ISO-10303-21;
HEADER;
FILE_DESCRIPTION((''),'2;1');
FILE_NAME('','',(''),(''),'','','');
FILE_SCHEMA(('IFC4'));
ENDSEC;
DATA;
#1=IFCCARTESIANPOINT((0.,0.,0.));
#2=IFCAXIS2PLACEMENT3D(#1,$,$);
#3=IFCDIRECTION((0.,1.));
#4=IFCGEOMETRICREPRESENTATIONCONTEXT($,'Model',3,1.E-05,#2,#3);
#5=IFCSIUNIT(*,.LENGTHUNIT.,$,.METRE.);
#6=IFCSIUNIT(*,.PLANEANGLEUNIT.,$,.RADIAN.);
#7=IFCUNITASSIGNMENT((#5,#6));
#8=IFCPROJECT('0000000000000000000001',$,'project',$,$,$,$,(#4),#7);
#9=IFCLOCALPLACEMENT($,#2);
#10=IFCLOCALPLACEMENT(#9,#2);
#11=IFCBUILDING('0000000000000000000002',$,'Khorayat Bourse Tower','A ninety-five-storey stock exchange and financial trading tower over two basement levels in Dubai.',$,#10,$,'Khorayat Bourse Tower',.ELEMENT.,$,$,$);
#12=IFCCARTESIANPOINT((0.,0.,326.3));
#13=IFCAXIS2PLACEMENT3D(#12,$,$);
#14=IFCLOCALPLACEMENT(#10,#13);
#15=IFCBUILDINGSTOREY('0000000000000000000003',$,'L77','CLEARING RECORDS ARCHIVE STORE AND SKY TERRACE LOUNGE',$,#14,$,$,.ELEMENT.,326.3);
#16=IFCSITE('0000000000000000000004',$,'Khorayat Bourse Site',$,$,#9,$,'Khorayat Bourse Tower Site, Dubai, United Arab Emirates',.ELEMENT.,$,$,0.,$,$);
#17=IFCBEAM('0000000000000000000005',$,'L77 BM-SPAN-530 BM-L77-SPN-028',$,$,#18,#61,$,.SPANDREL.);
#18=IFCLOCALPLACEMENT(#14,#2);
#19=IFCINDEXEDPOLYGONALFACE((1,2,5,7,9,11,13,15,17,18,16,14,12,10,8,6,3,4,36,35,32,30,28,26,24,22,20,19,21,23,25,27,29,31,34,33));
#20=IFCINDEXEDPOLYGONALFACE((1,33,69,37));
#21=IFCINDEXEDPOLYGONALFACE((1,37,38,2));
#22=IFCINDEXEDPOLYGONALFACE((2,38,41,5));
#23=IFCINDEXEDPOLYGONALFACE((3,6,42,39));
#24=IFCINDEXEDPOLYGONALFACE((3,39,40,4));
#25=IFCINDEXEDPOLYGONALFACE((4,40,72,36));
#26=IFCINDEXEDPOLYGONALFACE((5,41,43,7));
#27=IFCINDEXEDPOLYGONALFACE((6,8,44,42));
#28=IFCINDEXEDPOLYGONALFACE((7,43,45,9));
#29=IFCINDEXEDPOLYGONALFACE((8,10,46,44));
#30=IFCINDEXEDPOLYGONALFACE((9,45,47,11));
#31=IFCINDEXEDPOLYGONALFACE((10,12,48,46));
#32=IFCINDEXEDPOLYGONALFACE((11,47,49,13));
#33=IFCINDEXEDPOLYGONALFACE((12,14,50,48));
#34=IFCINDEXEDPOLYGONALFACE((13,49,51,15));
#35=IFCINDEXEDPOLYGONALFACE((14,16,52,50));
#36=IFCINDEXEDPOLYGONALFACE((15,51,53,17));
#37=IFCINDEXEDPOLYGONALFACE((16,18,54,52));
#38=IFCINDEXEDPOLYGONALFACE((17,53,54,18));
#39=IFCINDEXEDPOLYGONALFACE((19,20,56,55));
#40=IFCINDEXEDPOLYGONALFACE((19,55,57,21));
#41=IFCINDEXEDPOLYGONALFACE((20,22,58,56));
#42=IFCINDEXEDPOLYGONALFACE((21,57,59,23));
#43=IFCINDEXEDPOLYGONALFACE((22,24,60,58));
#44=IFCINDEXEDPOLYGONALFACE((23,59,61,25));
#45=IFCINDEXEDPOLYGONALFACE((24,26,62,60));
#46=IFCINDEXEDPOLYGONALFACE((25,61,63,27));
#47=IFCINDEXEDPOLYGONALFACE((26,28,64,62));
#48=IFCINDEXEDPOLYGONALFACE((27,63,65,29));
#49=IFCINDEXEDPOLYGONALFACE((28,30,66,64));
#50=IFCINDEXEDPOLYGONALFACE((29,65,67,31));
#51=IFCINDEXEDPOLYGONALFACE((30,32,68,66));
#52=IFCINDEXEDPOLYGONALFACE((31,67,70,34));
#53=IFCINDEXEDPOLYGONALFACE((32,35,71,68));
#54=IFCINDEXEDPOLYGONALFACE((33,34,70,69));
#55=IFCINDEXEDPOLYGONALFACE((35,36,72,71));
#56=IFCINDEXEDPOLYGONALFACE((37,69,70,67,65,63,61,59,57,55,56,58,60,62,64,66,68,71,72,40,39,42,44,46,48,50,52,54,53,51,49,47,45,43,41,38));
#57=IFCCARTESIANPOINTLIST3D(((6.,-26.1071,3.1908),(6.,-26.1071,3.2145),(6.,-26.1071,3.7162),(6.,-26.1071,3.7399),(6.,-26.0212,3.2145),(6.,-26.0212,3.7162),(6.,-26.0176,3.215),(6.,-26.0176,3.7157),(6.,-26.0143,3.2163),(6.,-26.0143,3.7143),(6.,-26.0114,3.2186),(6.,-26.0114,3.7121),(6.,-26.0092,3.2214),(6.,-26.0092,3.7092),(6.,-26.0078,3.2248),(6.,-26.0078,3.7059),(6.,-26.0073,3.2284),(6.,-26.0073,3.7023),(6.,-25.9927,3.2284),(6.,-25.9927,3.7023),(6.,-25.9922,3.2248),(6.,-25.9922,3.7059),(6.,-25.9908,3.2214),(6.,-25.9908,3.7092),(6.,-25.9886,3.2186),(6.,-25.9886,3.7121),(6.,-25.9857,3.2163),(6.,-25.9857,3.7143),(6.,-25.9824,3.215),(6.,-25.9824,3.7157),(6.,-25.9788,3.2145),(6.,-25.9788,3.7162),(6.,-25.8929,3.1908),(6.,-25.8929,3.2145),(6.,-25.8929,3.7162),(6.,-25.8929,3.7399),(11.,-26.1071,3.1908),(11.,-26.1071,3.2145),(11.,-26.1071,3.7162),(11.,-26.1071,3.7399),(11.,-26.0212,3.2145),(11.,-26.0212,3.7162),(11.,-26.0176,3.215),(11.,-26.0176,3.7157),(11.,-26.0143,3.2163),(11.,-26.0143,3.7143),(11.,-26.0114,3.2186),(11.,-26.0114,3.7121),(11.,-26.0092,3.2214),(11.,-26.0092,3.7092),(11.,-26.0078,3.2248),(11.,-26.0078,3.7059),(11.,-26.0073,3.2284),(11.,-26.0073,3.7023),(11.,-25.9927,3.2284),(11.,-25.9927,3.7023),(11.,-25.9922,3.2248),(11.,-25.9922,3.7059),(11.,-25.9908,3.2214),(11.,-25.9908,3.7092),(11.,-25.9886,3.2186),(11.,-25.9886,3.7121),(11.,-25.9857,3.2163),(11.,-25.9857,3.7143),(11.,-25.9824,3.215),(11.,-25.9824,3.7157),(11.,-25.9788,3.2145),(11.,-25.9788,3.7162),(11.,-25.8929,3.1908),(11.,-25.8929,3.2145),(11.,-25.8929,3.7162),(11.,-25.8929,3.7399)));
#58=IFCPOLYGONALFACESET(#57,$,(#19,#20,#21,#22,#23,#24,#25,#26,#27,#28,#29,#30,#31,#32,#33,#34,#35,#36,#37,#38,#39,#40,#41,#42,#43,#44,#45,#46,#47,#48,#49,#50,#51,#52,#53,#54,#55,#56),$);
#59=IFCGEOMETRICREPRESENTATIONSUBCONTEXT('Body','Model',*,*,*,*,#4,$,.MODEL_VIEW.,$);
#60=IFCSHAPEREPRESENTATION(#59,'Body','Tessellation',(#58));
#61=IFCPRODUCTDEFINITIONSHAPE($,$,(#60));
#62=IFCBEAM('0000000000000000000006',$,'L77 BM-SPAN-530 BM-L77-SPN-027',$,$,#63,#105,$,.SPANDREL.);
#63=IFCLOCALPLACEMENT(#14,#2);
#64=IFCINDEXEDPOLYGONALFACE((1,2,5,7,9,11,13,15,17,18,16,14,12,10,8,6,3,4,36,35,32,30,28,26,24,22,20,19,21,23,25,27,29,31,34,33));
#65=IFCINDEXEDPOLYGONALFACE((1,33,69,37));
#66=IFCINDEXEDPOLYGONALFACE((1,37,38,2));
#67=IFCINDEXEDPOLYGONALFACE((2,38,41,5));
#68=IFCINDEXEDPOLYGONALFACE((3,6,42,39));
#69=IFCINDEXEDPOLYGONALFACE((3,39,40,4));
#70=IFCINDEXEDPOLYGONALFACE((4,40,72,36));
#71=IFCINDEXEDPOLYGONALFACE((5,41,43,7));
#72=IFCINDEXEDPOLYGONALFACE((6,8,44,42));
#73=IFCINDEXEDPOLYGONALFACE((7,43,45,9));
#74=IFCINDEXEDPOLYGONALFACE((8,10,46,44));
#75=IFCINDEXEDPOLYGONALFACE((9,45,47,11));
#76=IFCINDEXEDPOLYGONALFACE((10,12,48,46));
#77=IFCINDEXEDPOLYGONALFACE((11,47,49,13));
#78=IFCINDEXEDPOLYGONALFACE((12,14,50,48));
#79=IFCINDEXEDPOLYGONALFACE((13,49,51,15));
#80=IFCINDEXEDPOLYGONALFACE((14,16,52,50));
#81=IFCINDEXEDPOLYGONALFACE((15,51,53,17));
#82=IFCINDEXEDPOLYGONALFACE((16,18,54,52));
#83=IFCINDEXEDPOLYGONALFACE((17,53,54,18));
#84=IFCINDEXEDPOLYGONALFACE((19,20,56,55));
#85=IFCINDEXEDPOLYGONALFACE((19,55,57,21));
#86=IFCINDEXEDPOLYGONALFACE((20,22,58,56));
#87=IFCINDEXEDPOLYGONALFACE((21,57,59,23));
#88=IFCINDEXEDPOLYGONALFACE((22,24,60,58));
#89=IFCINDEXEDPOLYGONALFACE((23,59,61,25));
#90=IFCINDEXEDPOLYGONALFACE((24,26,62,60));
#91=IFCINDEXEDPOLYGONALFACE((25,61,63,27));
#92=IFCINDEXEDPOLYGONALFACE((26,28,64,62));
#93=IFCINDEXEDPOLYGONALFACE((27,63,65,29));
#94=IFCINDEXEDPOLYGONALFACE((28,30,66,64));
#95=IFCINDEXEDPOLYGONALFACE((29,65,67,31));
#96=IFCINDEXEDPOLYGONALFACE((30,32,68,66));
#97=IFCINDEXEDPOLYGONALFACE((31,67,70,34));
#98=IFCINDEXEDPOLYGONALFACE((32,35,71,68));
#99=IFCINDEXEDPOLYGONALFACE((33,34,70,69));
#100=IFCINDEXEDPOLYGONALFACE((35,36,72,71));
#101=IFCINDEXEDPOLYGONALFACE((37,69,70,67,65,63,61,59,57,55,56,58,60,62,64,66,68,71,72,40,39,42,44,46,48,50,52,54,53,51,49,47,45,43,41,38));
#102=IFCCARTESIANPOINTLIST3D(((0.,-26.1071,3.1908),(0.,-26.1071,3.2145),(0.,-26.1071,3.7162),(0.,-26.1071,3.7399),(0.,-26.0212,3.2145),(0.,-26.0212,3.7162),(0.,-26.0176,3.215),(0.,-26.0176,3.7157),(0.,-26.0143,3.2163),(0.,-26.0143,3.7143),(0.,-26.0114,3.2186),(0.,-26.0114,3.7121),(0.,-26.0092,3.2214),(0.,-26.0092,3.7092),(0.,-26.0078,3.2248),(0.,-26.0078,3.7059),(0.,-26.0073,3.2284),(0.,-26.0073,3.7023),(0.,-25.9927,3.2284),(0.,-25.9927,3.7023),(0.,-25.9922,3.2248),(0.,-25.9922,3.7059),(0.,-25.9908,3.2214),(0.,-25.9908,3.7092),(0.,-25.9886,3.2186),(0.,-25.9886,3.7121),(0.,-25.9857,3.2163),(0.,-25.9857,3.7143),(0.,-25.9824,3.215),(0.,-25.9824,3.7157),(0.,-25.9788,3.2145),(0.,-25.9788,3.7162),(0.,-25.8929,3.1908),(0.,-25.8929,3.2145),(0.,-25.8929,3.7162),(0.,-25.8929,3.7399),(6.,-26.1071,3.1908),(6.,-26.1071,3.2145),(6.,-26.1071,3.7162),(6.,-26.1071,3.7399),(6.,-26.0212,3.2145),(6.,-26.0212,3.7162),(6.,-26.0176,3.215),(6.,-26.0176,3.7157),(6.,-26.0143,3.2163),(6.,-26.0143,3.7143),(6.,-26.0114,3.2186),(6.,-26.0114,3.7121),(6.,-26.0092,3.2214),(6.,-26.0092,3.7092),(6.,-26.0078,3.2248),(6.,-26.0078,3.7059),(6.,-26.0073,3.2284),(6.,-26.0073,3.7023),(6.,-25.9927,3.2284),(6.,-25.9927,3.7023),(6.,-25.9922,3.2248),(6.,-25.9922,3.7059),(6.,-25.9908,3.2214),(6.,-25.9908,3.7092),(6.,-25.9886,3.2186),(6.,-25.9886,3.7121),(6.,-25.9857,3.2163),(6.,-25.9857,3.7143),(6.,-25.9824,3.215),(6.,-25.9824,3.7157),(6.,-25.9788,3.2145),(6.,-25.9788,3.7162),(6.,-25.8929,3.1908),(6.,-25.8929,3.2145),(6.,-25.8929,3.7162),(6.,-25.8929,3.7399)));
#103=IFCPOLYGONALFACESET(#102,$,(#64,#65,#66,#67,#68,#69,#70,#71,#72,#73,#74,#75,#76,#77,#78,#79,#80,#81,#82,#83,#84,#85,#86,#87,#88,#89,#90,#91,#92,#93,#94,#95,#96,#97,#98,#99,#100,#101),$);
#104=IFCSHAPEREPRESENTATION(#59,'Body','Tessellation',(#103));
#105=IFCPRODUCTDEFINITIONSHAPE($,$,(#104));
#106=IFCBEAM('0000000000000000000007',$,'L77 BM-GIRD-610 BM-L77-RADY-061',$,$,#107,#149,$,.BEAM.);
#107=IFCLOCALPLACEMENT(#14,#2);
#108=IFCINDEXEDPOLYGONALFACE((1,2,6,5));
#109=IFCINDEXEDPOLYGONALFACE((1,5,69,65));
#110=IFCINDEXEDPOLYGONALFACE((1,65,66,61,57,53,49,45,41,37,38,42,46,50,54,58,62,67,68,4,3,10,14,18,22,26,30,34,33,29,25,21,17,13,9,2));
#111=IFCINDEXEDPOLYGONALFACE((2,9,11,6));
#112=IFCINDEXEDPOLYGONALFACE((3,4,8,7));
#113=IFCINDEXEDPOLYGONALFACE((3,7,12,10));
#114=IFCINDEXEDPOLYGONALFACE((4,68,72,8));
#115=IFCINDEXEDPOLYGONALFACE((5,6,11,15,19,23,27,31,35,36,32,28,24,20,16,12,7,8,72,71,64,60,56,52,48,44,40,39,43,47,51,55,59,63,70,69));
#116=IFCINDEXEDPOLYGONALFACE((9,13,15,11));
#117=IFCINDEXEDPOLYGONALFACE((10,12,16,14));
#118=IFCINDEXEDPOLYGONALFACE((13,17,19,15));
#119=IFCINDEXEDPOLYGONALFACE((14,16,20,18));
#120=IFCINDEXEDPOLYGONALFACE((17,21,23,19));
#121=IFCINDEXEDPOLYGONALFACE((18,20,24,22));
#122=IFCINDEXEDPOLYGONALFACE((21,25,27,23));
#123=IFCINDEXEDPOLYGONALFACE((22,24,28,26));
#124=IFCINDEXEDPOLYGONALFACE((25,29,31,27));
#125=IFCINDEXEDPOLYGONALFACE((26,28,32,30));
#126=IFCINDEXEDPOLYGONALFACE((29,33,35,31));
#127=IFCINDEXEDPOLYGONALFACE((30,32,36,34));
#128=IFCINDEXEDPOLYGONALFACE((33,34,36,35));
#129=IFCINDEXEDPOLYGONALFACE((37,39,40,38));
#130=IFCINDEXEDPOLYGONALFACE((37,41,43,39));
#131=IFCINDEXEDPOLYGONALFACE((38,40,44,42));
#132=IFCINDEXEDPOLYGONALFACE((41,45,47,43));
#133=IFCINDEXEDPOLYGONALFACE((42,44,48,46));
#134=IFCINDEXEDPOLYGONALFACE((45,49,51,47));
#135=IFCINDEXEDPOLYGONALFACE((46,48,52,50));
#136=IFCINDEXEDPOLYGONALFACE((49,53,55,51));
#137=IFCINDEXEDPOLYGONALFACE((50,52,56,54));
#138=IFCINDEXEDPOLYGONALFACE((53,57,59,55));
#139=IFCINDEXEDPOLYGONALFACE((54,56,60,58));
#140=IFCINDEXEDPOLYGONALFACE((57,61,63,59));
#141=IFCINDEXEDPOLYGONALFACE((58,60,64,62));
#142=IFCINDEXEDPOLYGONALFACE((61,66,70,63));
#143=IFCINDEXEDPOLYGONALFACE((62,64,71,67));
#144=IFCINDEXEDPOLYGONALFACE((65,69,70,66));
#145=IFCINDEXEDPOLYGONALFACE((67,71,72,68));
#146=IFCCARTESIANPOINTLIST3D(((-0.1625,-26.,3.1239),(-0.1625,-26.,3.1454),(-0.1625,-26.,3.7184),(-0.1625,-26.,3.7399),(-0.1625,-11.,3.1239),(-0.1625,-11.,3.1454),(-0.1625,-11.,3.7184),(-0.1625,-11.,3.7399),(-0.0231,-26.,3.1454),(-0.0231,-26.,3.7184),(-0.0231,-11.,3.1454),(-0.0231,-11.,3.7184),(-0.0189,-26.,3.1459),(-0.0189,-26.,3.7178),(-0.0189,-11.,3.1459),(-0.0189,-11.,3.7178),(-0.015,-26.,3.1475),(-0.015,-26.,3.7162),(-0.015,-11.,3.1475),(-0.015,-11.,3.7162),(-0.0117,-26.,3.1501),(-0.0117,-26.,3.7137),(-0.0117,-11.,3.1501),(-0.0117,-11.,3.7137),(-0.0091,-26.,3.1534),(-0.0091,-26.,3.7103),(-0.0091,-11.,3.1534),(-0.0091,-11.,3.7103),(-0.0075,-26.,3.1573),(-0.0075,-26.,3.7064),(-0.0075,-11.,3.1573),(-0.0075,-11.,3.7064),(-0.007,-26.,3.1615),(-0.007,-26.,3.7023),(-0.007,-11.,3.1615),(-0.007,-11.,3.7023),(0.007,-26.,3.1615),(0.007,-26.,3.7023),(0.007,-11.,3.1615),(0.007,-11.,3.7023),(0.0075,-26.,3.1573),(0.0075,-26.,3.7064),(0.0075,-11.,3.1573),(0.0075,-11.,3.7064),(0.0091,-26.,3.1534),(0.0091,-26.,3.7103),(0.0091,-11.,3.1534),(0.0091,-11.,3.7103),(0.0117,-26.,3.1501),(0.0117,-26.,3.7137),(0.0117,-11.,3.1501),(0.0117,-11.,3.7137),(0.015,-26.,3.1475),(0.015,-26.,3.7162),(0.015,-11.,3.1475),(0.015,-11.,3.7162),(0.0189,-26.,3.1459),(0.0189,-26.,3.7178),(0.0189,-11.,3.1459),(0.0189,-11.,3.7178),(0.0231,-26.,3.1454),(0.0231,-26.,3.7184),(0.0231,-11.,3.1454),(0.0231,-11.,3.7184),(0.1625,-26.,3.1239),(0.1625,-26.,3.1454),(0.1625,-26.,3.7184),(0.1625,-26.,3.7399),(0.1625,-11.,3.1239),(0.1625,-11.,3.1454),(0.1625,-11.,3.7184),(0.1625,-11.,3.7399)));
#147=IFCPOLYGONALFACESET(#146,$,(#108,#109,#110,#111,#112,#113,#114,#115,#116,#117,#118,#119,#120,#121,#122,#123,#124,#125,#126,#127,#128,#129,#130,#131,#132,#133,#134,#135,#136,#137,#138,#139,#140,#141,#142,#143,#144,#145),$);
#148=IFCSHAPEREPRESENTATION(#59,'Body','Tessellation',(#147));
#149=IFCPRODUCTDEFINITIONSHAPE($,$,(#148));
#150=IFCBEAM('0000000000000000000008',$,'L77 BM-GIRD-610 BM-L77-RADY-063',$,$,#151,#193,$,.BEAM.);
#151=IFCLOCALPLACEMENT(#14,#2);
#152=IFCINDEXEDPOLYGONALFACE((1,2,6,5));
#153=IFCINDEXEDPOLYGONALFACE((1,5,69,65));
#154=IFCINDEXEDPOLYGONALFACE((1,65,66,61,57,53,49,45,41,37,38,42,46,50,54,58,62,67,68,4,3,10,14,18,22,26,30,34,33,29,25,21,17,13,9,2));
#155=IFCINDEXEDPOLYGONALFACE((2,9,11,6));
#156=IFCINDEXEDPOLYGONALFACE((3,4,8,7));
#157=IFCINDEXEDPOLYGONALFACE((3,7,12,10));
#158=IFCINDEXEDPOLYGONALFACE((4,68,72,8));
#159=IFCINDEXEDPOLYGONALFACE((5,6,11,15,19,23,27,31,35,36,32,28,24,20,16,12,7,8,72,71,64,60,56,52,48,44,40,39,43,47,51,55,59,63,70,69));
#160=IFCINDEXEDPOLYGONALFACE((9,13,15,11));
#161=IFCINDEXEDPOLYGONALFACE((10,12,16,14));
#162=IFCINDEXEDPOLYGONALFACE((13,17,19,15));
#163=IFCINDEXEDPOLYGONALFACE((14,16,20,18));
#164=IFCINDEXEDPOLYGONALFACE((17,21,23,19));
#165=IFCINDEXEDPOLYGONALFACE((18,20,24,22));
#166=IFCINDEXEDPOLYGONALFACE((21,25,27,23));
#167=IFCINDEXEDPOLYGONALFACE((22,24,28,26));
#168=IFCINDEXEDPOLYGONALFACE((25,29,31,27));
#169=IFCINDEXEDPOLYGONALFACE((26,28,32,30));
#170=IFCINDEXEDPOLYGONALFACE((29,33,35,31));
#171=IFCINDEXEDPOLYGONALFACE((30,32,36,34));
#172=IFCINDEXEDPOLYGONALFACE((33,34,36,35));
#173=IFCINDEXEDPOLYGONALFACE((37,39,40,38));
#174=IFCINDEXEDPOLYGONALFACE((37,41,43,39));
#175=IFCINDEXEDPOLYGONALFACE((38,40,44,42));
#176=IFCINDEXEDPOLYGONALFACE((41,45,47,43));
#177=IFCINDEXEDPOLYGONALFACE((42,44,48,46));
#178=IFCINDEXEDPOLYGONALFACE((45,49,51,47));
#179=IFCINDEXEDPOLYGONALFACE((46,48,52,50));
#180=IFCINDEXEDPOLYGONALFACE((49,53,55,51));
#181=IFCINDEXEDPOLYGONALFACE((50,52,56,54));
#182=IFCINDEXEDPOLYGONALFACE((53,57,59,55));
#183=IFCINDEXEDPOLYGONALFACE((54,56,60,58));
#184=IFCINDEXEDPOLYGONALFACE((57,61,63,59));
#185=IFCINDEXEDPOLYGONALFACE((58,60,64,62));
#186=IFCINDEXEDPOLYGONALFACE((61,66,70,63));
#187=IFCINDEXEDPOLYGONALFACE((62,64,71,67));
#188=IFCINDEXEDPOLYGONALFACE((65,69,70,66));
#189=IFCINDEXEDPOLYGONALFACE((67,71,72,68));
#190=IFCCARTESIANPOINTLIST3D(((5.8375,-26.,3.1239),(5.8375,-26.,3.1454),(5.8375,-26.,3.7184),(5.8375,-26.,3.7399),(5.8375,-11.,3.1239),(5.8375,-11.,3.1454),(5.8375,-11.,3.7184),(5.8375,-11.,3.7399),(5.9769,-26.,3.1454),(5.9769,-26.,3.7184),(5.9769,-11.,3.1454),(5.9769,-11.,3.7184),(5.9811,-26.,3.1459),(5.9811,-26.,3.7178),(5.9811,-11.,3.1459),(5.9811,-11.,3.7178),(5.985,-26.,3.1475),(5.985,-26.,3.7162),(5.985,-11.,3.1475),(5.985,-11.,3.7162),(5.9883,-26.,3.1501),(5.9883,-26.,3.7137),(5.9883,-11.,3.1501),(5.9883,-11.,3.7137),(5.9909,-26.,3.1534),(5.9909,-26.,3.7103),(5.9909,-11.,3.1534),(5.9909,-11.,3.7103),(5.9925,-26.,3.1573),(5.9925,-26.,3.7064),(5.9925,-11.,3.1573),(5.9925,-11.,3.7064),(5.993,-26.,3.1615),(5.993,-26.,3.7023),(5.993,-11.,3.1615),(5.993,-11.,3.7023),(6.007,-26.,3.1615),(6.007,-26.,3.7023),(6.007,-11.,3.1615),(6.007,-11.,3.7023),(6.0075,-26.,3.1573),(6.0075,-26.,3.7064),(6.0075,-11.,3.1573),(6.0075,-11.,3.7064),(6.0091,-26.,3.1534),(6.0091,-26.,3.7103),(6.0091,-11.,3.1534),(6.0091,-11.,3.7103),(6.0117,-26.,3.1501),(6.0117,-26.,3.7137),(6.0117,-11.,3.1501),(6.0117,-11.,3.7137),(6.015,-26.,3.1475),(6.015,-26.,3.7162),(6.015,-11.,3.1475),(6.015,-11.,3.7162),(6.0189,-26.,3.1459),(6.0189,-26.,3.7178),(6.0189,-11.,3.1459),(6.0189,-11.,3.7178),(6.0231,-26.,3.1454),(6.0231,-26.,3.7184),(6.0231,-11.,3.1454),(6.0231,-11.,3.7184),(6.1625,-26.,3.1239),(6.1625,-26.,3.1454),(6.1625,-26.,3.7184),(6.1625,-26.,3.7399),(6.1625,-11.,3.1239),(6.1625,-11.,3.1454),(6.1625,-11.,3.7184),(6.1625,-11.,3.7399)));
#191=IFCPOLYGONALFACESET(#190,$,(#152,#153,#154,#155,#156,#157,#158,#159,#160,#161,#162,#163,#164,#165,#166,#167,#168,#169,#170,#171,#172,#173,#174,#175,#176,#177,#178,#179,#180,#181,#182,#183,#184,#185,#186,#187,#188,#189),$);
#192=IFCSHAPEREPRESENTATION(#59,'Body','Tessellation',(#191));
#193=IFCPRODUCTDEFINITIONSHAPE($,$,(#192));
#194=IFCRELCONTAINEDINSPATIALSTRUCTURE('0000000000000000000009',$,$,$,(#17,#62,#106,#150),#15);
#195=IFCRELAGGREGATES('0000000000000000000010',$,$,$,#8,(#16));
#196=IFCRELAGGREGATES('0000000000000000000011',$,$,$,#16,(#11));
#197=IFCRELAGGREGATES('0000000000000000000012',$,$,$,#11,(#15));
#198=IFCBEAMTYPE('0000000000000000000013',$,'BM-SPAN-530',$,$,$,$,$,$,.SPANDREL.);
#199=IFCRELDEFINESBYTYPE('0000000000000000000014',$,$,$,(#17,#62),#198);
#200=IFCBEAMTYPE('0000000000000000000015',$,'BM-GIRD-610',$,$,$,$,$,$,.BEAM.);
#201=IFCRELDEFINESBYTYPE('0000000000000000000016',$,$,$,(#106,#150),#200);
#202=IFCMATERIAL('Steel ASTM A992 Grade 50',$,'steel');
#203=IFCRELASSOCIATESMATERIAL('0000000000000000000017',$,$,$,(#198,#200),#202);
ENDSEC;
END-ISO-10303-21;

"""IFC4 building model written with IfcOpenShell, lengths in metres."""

from ifc_helpers import new_model, si_unit, direction, frame, origin, origin_2d, place, context, subcontext, project, spatial, i_section, extrude, source, transform, mapped, material, material_profile, profile_set, type_object, element, save


model = new_model("IFC4")

# Units and contexts
model_context = context("Model", 3, precision=1e-05, world=origin(), true_north=direction((0.0, 1.0)))
body_context = subcontext(model_context, "Body", "Model", "MODEL_VIEW")
ifc_project = project(units=[si_unit("LENGTHUNIT", "METRE"), si_unit("PLANEANGLEUNIT", "RADIAN")], contexts=[model_context])

# Site, building, storey
site_placement = place(None, origin())
site = spatial("IfcSite", under=ifc_project, at=site_placement, Name="Khorayat Bourse Site", LongName="Khorayat Bourse Tower Site, Dubai, United Arab Emirates", CompositionType="ELEMENT", RefElevation=0.0)
building_placement = place(site_placement, origin())
building = spatial("IfcBuilding", under=site, at=building_placement, Name="Khorayat Bourse Tower", Description="A ninety-five-storey stock exchange and financial trading tower over two basement levels in Dubai.", LongName="Khorayat Bourse Tower", CompositionType="ELEMENT")
storey_placement = place(building_placement, frame((0.0, 0.0, 326.3)))
storey = spatial("IfcBuildingStorey", under=building, at=storey_placement, Name="L77", Description="CLEARING RECORDS ARCHIVE STORE AND SKY TERRACE LOUNGE", CompositionType="ELEMENT", Elevation=326.3)

# Beams
ifc_material_1 = material(Name="Steel ASTM A992 Grade 50", Category="steel")
ifc_material_profile_1 = material_profile(ifc_material_1, i_section(OverallWidth=0.2141, OverallDepth=0.5491, WebThickness=0.0146, FlangeThickness=0.0237, FilletRadius=0.0139, at=origin_2d()), Name="W530X138")
ifc_profile_set_1 = profile_set([ifc_material_profile_1], Name="Steel ASTM A992 Grade 50")
beam_type_1 = type_object("IfcBeamType", Name="BM-SPAN-530", PredefinedType="SPANDREL", material=ifc_profile_set_1)
shared_shape_1 = source(origin(), body_context, "Body", "SweptSolid", [
    extrude(i_section(OverallWidth=0.2141, OverallDepth=0.5491, WebThickness=0.0146, FlangeThickness=0.0237, FilletRadius=0.0139, at=origin_2d()), origin(), (0.0, 0.0, 1.0), 5.0),
])
beam_1_placement = place(storey_placement, frame((6.0, -26.0, 3.4653), z_axis=(1.0, 0.0, 0.0), x_axis=(0.0, 1.0, 0.0)))
element("IfcBeam", 1, at=beam_1_placement, inside=storey, type_object=beam_type_1, Name="L77 BM-SPAN-530 BM-L77-SPN-028", PredefinedType="SPANDREL", context=body_context, shape_type="MappedRepresentation", body=[
    mapped(shared_shape_1, transform((0.0, 0.0, 0.0), scale=1.0)),
])
shared_shape_2 = source(origin(), body_context, "Body", "SweptSolid", [
    extrude(i_section(OverallWidth=0.2141, OverallDepth=0.5491, WebThickness=0.0146, FlangeThickness=0.0237, FilletRadius=0.0139, at=origin_2d()), origin(), (0.0, 0.0, 1.0), 6.0),
])
beam_2_placement = place(storey_placement, frame((0.0, -26.0, 3.4653), z_axis=(1.0, 0.0, 0.0), x_axis=(0.0, 1.0, 0.0)))
element("IfcBeam", 2, at=beam_2_placement, inside=storey, type_object=beam_type_1, Name="L77 BM-SPAN-530 BM-L77-SPN-027", PredefinedType="SPANDREL", context=body_context, shape_type="MappedRepresentation", body=[
    mapped(shared_shape_2, transform((0.0, 0.0, 0.0), scale=1.0)),
])
ifc_material_profile_2 = material_profile(ifc_material_1, i_section(OverallWidth=0.325, OverallDepth=0.616, WebThickness=0.0139, FlangeThickness=0.0215, FilletRadius=0.0161, at=origin_2d()), Name="W610X174")
ifc_profile_set_2 = profile_set([ifc_material_profile_2], Name="Steel ASTM A992 Grade 50")
beam_type_2 = type_object("IfcBeamType", Name="BM-GIRD-610", PredefinedType="BEAM", material=ifc_profile_set_2)
shared_shape_3 = source(origin(), body_context, "Body", "SweptSolid", [
    extrude(i_section(OverallWidth=0.325, OverallDepth=0.616, WebThickness=0.0139, FlangeThickness=0.0215, FilletRadius=0.0161, at=origin_2d()), origin(), (0.0, 0.0, 1.0), 15.0),
])
for number, where, z_axis, x_axis, name in (
    (3, (0.0, -26.0, 3.4319), (0.0, 1.0, 0.0), (-1.0, 0.0, 0.0), "L77 BM-GIRD-610 BM-L77-RADY-061"),
    (4, (6.0, -26.0, 3.4319), (0.0, 1.0, 0.0), (-1.0, 0.0, 0.0), "L77 BM-GIRD-610 BM-L77-RADY-063"),
):
    element("IfcBeam", number, at=place(storey_placement, frame(where, z_axis=z_axis, x_axis=x_axis)), inside=storey, type_object=beam_type_2, Name=name, PredefinedType="BEAM", context=body_context, shape_type="MappedRepresentation", body=[
        mapped(shared_shape_3, transform((0.0, 0.0, 0.0), scale=1.0)),
    ])

save(model, "model.ifc")
